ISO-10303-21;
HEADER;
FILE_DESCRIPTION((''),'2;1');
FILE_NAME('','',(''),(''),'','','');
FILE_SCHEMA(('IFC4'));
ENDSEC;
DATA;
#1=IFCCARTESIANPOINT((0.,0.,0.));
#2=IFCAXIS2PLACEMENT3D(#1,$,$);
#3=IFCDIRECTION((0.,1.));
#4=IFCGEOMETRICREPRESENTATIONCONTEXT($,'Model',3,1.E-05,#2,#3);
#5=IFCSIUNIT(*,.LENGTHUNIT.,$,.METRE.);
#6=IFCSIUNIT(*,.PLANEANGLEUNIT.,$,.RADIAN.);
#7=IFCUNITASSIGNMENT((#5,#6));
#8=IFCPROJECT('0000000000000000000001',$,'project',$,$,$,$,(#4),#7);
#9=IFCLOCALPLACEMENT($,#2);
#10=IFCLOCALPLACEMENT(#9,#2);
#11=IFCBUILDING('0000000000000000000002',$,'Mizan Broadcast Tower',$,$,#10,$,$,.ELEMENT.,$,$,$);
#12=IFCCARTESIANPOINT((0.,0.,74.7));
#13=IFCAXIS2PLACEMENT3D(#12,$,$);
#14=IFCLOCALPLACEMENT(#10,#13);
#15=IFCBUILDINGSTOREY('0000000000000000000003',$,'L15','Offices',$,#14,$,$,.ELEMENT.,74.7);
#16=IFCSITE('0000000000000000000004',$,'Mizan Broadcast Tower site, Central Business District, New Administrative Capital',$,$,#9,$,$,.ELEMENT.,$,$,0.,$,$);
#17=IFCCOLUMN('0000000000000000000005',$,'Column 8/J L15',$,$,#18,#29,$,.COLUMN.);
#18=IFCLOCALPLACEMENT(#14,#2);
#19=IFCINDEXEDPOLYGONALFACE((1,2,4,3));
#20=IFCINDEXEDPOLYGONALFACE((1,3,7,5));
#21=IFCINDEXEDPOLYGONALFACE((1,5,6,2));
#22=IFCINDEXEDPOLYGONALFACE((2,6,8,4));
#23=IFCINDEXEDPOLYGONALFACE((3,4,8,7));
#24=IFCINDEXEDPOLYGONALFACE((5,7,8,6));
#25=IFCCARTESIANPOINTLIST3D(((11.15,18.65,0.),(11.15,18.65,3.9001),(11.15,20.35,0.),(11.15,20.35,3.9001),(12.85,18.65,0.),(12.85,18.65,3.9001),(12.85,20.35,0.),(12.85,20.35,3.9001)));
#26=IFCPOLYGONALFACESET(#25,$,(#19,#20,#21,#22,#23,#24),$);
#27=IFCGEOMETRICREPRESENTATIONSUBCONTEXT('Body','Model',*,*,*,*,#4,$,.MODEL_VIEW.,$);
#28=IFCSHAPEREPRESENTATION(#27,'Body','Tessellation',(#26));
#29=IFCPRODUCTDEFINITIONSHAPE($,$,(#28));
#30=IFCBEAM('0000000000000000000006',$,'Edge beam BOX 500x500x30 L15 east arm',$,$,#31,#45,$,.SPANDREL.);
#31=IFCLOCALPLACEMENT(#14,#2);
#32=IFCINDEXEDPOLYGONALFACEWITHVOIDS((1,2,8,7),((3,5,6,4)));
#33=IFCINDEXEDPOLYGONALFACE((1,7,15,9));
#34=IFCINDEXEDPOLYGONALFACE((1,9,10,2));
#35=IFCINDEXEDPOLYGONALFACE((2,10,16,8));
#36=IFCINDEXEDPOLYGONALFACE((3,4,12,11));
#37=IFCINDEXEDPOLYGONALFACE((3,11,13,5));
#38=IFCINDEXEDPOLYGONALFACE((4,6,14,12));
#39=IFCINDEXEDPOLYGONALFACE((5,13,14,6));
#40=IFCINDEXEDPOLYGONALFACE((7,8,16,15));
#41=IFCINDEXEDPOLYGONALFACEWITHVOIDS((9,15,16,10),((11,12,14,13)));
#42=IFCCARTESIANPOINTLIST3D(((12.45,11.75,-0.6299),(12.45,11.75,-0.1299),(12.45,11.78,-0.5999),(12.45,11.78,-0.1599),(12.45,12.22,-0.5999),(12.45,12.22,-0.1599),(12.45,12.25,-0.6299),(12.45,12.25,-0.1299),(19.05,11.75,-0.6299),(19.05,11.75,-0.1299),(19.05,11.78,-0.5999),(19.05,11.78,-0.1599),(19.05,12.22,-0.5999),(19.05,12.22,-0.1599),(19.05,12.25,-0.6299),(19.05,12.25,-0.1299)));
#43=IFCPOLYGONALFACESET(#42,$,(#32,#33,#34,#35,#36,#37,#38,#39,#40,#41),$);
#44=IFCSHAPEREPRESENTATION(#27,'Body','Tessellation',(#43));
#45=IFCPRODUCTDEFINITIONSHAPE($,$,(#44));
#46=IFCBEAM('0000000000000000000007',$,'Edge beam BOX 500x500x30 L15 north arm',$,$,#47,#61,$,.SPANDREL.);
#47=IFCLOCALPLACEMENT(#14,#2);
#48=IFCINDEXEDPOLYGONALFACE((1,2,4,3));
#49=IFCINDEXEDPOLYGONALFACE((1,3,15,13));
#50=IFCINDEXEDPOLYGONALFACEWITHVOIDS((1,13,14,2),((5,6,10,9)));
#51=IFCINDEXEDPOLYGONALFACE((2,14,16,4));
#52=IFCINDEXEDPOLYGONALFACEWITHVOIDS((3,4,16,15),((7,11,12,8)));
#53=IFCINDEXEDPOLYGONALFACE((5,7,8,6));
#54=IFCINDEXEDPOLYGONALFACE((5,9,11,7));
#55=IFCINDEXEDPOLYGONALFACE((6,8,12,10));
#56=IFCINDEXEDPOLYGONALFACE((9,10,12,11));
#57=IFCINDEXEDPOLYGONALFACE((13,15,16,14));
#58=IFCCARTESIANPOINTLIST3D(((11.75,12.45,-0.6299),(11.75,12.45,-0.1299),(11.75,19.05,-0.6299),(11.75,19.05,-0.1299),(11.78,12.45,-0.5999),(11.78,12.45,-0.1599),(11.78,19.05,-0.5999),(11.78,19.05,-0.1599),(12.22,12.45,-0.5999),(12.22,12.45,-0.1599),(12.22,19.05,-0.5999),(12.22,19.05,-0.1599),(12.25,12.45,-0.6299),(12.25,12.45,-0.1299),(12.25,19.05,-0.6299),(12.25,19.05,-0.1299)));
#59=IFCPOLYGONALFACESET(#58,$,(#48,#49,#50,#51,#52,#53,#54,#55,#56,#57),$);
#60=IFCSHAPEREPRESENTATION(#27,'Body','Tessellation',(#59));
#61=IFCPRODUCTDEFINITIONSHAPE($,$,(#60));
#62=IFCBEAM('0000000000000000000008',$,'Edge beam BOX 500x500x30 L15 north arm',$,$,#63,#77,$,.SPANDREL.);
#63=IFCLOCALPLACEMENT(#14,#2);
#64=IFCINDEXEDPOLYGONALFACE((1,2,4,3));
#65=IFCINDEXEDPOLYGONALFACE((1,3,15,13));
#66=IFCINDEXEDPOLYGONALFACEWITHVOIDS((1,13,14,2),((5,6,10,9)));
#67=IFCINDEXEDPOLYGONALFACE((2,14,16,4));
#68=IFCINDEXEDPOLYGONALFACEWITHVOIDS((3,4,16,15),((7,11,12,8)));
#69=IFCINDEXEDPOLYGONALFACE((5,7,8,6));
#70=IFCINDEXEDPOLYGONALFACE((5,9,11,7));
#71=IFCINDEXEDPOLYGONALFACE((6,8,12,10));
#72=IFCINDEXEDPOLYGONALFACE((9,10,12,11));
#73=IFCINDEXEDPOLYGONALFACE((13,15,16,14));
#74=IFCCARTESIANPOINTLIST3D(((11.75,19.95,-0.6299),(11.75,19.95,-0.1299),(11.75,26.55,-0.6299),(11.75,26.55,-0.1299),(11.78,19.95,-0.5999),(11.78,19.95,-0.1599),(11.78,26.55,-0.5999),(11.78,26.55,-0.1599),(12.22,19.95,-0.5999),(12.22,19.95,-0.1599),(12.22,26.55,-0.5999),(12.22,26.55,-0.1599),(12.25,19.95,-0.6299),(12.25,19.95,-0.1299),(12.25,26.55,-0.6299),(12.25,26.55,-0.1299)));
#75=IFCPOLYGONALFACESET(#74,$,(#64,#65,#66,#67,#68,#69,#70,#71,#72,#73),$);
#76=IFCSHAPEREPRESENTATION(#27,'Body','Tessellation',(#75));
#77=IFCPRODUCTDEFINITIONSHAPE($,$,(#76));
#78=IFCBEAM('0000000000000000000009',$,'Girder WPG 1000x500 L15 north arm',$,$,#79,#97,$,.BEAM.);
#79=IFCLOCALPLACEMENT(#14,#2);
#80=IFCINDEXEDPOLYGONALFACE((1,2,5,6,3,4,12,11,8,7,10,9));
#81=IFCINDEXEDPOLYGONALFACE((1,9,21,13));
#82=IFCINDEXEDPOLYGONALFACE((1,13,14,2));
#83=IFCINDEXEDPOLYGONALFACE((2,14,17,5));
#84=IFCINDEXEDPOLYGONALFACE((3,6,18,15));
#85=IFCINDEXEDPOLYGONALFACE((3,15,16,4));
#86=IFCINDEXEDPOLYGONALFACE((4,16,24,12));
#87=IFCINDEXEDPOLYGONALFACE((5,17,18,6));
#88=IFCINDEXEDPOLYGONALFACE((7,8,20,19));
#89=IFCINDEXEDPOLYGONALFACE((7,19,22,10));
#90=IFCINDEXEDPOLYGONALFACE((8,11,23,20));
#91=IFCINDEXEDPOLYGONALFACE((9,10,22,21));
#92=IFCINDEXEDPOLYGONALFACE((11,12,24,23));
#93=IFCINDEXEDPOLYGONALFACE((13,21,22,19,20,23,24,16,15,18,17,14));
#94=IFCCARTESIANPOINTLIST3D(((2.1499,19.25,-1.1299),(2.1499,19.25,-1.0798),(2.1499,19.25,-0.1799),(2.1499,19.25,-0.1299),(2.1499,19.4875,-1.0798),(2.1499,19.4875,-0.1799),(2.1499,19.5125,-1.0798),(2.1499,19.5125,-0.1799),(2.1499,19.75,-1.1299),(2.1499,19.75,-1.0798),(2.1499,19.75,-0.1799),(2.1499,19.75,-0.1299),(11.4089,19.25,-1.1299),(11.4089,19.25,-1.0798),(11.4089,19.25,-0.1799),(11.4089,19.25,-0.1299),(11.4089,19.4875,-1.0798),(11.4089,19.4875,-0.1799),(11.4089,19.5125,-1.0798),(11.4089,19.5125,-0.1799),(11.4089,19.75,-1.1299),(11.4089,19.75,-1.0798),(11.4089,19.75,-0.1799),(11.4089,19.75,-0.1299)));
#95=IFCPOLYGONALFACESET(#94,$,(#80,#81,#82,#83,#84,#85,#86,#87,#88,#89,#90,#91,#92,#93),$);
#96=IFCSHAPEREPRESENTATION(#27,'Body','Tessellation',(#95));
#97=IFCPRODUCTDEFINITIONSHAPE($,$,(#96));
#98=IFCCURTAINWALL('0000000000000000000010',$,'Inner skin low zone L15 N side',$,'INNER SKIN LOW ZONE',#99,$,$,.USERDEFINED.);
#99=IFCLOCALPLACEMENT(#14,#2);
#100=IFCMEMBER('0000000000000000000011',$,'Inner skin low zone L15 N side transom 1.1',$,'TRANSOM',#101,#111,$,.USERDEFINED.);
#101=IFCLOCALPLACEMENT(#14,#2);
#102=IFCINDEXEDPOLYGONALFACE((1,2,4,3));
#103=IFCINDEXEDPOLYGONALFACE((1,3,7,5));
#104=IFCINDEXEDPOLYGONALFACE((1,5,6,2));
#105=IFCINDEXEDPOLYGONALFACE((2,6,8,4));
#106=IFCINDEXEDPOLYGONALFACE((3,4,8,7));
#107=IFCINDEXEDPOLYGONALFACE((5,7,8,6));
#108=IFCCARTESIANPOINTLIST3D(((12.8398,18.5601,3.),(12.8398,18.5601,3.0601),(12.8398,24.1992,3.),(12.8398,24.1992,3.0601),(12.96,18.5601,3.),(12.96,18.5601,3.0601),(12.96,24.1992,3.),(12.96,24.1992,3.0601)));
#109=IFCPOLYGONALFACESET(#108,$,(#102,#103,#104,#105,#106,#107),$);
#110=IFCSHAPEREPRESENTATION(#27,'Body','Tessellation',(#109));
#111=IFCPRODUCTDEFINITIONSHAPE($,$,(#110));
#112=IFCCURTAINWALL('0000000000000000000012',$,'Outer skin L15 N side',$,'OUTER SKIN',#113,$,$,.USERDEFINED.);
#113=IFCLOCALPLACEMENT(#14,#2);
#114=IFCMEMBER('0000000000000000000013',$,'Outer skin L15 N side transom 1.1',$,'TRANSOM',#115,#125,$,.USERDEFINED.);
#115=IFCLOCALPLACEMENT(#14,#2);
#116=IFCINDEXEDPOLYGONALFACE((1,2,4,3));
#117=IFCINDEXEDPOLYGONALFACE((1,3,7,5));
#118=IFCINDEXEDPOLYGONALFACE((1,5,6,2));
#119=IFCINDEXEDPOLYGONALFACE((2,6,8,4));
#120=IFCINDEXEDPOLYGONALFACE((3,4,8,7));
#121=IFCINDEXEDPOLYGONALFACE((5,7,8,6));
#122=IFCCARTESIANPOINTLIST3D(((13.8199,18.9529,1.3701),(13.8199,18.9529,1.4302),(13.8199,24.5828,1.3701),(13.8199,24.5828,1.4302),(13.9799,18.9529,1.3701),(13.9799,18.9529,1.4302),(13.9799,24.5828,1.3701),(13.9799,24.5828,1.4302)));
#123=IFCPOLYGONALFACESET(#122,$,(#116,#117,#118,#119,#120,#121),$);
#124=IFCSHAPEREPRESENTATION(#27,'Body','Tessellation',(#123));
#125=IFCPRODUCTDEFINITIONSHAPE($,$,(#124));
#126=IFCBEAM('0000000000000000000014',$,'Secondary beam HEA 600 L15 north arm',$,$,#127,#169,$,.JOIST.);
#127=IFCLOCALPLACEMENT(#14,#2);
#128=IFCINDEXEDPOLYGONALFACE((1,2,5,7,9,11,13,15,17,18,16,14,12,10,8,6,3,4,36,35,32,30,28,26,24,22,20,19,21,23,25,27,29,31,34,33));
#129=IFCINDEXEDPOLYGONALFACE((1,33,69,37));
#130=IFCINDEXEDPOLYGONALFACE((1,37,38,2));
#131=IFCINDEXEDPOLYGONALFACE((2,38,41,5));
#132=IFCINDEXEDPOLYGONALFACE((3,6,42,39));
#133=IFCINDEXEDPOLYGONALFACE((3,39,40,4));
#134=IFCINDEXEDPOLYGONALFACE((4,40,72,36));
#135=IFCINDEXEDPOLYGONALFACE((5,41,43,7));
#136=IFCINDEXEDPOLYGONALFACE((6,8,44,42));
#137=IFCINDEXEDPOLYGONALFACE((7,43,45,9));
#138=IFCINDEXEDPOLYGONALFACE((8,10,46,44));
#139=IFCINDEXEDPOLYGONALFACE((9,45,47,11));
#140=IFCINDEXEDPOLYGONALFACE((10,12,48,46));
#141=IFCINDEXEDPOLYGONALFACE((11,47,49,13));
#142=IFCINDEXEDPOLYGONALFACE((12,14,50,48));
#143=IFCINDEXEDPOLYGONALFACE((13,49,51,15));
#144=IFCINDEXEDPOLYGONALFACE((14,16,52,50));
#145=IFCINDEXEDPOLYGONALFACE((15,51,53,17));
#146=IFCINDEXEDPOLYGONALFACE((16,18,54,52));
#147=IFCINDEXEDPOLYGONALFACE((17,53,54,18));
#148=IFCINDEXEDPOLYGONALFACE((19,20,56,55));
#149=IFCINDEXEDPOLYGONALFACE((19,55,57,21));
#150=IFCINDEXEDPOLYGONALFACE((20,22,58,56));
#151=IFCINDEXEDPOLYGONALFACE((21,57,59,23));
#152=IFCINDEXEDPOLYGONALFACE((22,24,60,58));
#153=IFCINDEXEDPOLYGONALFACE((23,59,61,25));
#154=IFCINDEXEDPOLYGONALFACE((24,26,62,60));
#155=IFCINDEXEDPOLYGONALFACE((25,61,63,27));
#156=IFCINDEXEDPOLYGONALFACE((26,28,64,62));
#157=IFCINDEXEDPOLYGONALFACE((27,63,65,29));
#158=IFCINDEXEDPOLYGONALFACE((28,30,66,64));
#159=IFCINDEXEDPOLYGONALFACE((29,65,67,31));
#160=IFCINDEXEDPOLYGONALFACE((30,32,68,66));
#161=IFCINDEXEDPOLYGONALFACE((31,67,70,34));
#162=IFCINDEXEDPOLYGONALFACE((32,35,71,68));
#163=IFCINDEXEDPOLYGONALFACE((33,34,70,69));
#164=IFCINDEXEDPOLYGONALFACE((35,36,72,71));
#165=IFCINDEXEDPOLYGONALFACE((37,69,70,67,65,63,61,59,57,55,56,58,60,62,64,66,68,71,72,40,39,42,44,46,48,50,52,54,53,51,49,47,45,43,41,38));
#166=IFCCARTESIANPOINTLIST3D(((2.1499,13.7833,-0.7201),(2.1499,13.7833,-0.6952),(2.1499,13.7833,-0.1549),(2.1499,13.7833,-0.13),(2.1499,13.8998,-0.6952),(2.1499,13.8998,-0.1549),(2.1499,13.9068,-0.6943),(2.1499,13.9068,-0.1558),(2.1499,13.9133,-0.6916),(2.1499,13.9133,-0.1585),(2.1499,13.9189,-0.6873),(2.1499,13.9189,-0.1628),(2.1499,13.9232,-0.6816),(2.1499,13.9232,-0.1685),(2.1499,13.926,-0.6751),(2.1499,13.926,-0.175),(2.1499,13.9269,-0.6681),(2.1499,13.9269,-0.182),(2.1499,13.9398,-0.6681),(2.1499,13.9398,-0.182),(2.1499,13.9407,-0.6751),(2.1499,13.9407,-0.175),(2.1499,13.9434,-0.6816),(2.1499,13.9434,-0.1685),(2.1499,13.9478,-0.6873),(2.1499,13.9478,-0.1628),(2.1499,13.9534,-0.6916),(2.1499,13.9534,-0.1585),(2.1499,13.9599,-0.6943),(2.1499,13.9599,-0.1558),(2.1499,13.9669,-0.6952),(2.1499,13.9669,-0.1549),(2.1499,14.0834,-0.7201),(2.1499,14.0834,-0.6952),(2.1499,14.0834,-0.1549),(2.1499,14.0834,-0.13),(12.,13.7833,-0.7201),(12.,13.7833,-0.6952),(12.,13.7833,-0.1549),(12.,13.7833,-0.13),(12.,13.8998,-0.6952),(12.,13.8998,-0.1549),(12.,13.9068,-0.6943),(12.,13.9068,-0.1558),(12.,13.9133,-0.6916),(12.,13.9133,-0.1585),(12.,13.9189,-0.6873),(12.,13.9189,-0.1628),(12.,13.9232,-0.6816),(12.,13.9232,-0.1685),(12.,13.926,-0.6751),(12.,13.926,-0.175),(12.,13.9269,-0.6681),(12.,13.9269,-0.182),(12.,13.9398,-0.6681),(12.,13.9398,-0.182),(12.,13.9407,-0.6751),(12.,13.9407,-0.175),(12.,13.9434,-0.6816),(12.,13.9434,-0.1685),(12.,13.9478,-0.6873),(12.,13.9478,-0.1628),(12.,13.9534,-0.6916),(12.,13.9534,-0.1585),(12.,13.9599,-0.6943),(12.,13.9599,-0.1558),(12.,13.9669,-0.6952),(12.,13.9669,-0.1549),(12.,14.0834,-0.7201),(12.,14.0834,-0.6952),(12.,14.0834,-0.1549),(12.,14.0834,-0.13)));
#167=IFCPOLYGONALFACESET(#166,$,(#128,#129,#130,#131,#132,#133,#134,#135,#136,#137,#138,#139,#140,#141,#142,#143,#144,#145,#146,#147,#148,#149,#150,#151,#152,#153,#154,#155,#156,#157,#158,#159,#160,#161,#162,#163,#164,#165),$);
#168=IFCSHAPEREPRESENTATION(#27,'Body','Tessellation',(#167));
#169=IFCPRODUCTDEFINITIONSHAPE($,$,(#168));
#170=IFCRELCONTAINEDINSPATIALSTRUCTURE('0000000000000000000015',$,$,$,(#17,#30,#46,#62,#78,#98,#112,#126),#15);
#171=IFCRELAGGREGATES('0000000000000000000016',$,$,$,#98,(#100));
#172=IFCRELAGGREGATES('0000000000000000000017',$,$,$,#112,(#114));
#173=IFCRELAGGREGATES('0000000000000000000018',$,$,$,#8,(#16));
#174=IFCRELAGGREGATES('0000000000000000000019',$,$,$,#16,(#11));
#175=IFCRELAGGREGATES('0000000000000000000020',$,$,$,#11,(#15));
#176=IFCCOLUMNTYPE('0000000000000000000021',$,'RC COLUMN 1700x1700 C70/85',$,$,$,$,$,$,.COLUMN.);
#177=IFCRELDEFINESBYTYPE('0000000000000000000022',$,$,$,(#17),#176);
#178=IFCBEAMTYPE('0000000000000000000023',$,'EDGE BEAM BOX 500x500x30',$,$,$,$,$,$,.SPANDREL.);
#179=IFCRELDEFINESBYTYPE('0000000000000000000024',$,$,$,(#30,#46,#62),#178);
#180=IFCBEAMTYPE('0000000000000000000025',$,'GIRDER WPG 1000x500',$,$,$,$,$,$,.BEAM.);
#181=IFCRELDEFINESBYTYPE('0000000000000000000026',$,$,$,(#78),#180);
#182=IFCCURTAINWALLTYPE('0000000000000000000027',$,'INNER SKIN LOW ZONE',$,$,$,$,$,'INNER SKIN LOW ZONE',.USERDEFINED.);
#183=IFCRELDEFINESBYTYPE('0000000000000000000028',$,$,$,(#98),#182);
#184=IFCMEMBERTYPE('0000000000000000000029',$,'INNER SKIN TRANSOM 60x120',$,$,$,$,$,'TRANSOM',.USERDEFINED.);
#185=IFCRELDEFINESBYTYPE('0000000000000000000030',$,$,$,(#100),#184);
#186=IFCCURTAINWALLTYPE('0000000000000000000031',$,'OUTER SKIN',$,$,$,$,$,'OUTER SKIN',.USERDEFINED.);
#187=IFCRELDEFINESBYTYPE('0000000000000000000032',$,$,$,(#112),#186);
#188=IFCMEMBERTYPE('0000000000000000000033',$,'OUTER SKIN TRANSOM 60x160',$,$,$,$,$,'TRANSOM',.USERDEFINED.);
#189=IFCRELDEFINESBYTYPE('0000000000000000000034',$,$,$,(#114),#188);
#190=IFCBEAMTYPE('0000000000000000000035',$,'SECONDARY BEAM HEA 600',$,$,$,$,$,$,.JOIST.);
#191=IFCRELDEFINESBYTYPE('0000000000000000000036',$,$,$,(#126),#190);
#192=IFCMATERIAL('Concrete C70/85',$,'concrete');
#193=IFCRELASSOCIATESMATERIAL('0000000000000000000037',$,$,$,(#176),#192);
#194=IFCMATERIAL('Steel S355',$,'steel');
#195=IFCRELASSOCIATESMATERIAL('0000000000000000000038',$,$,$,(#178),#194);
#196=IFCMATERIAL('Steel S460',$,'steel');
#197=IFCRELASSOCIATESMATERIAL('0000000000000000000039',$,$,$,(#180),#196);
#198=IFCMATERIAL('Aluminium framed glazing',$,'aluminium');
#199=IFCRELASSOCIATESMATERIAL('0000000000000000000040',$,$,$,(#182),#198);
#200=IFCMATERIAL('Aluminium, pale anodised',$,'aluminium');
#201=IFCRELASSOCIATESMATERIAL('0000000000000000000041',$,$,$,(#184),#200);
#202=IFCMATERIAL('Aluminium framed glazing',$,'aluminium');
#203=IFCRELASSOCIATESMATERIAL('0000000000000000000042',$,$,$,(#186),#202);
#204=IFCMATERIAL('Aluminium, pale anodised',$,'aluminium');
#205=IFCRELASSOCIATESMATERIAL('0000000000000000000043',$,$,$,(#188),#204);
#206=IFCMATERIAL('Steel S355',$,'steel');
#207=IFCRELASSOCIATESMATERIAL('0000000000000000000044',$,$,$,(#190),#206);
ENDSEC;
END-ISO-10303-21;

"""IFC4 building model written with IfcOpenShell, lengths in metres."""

from ifc_helpers import new_model, si_unit, direction, frame, origin, origin_2d, place, context, subcontext, project, spatial, rectangle, hollow_rectangle, i_section, extrude, material, material_profile, profile_set, type_object, element, aggregate, save


model = new_model("IFC4")

# Units and contexts
model_context = context("Model", 3, precision=1e-05, world=origin(), true_north=direction((0.0, 1.0)))
body_context = subcontext(model_context, "Body", "Model", "MODEL_VIEW")
ifc_project = project(units=[si_unit("LENGTHUNIT", "METRE"), si_unit("PLANEANGLEUNIT", "RADIAN")], contexts=[model_context])

# Site, building, storey
site_placement = place(None, origin())
site = spatial("IfcSite", under=ifc_project, at=site_placement, Name="Mizan Broadcast Tower site, Central Business District, New Administrative Capital", CompositionType="ELEMENT", RefElevation=0.0)
building_placement = place(site_placement, origin())
building = spatial("IfcBuilding", under=site, at=building_placement, Name="Mizan Broadcast Tower", CompositionType="ELEMENT")
storey_placement = place(building_placement, frame((0.0, 0.0, 74.7)))
storey = spatial("IfcBuildingStorey", under=building, at=storey_placement, Name="L15", Description="Offices", CompositionType="ELEMENT", Elevation=74.7)

# Column
ifc_material_1 = material(Name="Concrete C70/85", Category="concrete")
ifc_material_profile_1 = material_profile(ifc_material_1, rectangle(XDim=1.7, YDim=1.7, at=origin_2d()), Name="RC 1700x1700")
ifc_profile_set_1 = profile_set([ifc_material_profile_1], Name="Concrete C70/85")
column_type = type_object("IfcColumnType", Name="RC COLUMN 1700x1700 C70/85", PredefinedType="COLUMN", material=ifc_profile_set_1)
column_placement = place(storey_placement, frame((12.0, 19.5, 0.0), z_axis=(0.0, 0.0, 1.0), x_axis=(1.0, 0.0, 0.0)))
element("IfcColumn", 1, at=column_placement, inside=storey, type_object=column_type, Name="Column 8/J L15", PredefinedType="COLUMN", context=body_context, shape_type="SweptSolid", body=[
    extrude(rectangle(XDim=1.7, YDim=1.7, at=origin_2d()), origin(), (0.0, 0.0, 1.0), 3.9001),
])

# Beams
ifc_material_2 = material(Name="Steel S355", Category="steel")
ifc_material_profile_2 = material_profile(ifc_material_2, hollow_rectangle(XDim=0.5, YDim=0.5, WallThickness=0.03, at=origin_2d()), Name="BOX 500x500x30")
ifc_profile_set_2 = profile_set([ifc_material_profile_2], Name="Steel S355")
beam_type_1 = type_object("IfcBeamType", Name="EDGE BEAM BOX 500x500x30", PredefinedType="SPANDREL", material=ifc_profile_set_2)
for number, where, z_axis, x_axis, name in (
    (2, (12.45, 12.0, -0.3799), (1.0, 0.0, 0.0), (0.0, 1.0, 0.0), "Edge beam BOX 500x500x30 L15 east arm"),
    (3, (12.0, 12.45, -0.3799), (0.0, 1.0, 0.0), (-1.0, 0.0, 0.0), "Edge beam BOX 500x500x30 L15 north arm"),
    (4, (12.0, 19.95, -0.3799), (0.0, 1.0, 0.0), (-1.0, 0.0, 0.0), "Edge beam BOX 500x500x30 L15 north arm"),
):
    element("IfcBeam", number, at=place(storey_placement, frame(where, z_axis=z_axis, x_axis=x_axis)), inside=storey, type_object=beam_type_1, Name=name, PredefinedType="SPANDREL", context=body_context, shape_type="SweptSolid", body=[
        extrude(hollow_rectangle(XDim=0.5, YDim=0.5, WallThickness=0.03, at=origin_2d()), origin(), (0.0, 0.0, 1.0), 6.6001),
    ])
ifc_material_3 = material(Name="Steel S460", Category="steel")
ifc_material_profile_3 = material_profile(ifc_material_3, i_section(OverallWidth=0.5, OverallDepth=1.0, WebThickness=0.0249, FlangeThickness=0.05, at=origin_2d()), Name="WPG 1000x500")
ifc_profile_set_3 = profile_set([ifc_material_profile_3], Name="Steel S460")
beam_type_2 = type_object("IfcBeamType", Name="GIRDER WPG 1000x500", PredefinedType="BEAM", material=ifc_profile_set_3)
beam_1_placement = place(storey_placement, frame((11.4089, 19.5, -0.6299), z_axis=(-1.0, 0.0, 0.0), x_axis=(0.0, -1.0, 0.0)))
element("IfcBeam", 5, at=beam_1_placement, inside=storey, type_object=beam_type_2, Name="Girder WPG 1000x500 L15 north arm", PredefinedType="BEAM", context=body_context, shape_type="SweptSolid", body=[
    extrude(i_section(OverallWidth=0.5, OverallDepth=1.0, WebThickness=0.0249, FlangeThickness=0.05, at=origin_2d()), origin(), (0.0, 0.0, 1.0), 9.259),
])

# Curtain walls, members
ifc_material_4 = material(Name="Aluminium framed glazing", Category="aluminium")
curtain_wall_type_1 = type_object("IfcCurtainWallType", Name="INNER SKIN LOW ZONE", ElementType="INNER SKIN LOW ZONE", PredefinedType="USERDEFINED", material=ifc_material_4)
curtain_wall_1_placement = place(storey_placement, origin())
curtain_wall_1 = element("IfcCurtainWall", 6, at=curtain_wall_1_placement, inside=storey, type_object=curtain_wall_type_1, Name="Inner skin low zone L15 N side", ObjectType="INNER SKIN LOW ZONE", PredefinedType="USERDEFINED")
ifc_material_5 = material(Name="Aluminium, pale anodised", Category="aluminium")
ifc_material_profile_4 = material_profile(ifc_material_5, rectangle(XDim=0.1201, YDim=0.0601, at=origin_2d()), Name="TRANSOM 120x60")
ifc_profile_set_4 = profile_set([ifc_material_profile_4], Name="Aluminium, pale anodised")
member_type_1 = type_object("IfcMemberType", Name="INNER SKIN TRANSOM 60x120", ElementType="TRANSOM", PredefinedType="USERDEFINED", material=ifc_profile_set_4)
member_1_placement = place(storey_placement, frame((12.8999, 18.5601, 3.03), z_axis=(0.0, 1.0, 0.0), x_axis=(-1.0, 0.0, 0.0)))
member_1 = element("IfcMember", 7, at=member_1_placement, type_object=member_type_1, Name="Inner skin low zone L15 N side transom 1.1", ObjectType="TRANSOM", PredefinedType="USERDEFINED", context=body_context, shape_type="SweptSolid", body=[
    extrude(rectangle(XDim=0.1201, YDim=0.0601, at=origin_2d()), origin(), (0.0, 0.0, 1.0), 5.6392),
])
ifc_material_6 = material(Name="Aluminium framed glazing", Category="aluminium")
curtain_wall_type_2 = type_object("IfcCurtainWallType", Name="OUTER SKIN", ElementType="OUTER SKIN", PredefinedType="USERDEFINED", material=ifc_material_6)
curtain_wall_2_placement = place(storey_placement, origin())
curtain_wall_2 = element("IfcCurtainWall", 8, at=curtain_wall_2_placement, inside=storey, type_object=curtain_wall_type_2, Name="Outer skin L15 N side", ObjectType="OUTER SKIN", PredefinedType="USERDEFINED")
ifc_material_7 = material(Name="Aluminium, pale anodised", Category="aluminium")
ifc_material_profile_5 = material_profile(ifc_material_7, rectangle(XDim=0.1599, YDim=0.0601, at=origin_2d()), Name="TRANSOM 160x60")
ifc_profile_set_5 = profile_set([ifc_material_profile_5], Name="Aluminium, pale anodised")
member_type_2 = type_object("IfcMemberType", Name="OUTER SKIN TRANSOM 60x160", ElementType="TRANSOM", PredefinedType="USERDEFINED", material=ifc_profile_set_5)
member_2_placement = place(storey_placement, frame((13.8999, 18.9529, 1.4001), z_axis=(0.0, 1.0, 0.0), x_axis=(-1.0, 0.0, 0.0)))
member_2 = element("IfcMember", 9, at=member_2_placement, type_object=member_type_2, Name="Outer skin L15 N side transom 1.1", ObjectType="TRANSOM", PredefinedType="USERDEFINED", context=body_context, shape_type="SweptSolid", body=[
    extrude(rectangle(XDim=0.1599, YDim=0.0601, at=origin_2d()), origin(), (0.0, 0.0, 1.0), 5.6299),
])

# Beam
ifc_material_8 = material(Name="Steel S355", Category="steel")
ifc_material_profile_6 = material_profile(ifc_material_8, i_section(OverallWidth=0.3, OverallDepth=0.5901, WebThickness=0.0129, FlangeThickness=0.0249, FilletRadius=0.0271, at=origin_2d()), Name="HEA 600")
ifc_profile_set_6 = profile_set([ifc_material_profile_6], Name="Steel S355")
beam_type_3 = type_object("IfcBeamType", Name="SECONDARY BEAM HEA 600", PredefinedType="JOIST", material=ifc_profile_set_6)
for number, where, z_axis, x_axis, name in (
    (10, (12.0, 13.9333, -0.425), (-1.0, 0.0, 0.0), (0.0, -1.0, 0.0), "Secondary beam HEA 600 L15 north arm"),
):
    element("IfcBeam", number, at=place(storey_placement, frame(where, z_axis=z_axis, x_axis=x_axis)), inside=storey, type_object=beam_type_3, Name=name, PredefinedType="JOIST", context=body_context, shape_type="SweptSolid", body=[
        extrude(i_section(OverallWidth=0.3, OverallDepth=0.5901, WebThickness=0.0129, FlangeThickness=0.0249, FilletRadius=0.0271, at=origin_2d()), origin(), (0.0, 0.0, 1.0), 9.8501),
    ])

aggregate(curtain_wall_1, [member_1])
aggregate(curtain_wall_2, [member_2])

save(model, "model.ifc")
